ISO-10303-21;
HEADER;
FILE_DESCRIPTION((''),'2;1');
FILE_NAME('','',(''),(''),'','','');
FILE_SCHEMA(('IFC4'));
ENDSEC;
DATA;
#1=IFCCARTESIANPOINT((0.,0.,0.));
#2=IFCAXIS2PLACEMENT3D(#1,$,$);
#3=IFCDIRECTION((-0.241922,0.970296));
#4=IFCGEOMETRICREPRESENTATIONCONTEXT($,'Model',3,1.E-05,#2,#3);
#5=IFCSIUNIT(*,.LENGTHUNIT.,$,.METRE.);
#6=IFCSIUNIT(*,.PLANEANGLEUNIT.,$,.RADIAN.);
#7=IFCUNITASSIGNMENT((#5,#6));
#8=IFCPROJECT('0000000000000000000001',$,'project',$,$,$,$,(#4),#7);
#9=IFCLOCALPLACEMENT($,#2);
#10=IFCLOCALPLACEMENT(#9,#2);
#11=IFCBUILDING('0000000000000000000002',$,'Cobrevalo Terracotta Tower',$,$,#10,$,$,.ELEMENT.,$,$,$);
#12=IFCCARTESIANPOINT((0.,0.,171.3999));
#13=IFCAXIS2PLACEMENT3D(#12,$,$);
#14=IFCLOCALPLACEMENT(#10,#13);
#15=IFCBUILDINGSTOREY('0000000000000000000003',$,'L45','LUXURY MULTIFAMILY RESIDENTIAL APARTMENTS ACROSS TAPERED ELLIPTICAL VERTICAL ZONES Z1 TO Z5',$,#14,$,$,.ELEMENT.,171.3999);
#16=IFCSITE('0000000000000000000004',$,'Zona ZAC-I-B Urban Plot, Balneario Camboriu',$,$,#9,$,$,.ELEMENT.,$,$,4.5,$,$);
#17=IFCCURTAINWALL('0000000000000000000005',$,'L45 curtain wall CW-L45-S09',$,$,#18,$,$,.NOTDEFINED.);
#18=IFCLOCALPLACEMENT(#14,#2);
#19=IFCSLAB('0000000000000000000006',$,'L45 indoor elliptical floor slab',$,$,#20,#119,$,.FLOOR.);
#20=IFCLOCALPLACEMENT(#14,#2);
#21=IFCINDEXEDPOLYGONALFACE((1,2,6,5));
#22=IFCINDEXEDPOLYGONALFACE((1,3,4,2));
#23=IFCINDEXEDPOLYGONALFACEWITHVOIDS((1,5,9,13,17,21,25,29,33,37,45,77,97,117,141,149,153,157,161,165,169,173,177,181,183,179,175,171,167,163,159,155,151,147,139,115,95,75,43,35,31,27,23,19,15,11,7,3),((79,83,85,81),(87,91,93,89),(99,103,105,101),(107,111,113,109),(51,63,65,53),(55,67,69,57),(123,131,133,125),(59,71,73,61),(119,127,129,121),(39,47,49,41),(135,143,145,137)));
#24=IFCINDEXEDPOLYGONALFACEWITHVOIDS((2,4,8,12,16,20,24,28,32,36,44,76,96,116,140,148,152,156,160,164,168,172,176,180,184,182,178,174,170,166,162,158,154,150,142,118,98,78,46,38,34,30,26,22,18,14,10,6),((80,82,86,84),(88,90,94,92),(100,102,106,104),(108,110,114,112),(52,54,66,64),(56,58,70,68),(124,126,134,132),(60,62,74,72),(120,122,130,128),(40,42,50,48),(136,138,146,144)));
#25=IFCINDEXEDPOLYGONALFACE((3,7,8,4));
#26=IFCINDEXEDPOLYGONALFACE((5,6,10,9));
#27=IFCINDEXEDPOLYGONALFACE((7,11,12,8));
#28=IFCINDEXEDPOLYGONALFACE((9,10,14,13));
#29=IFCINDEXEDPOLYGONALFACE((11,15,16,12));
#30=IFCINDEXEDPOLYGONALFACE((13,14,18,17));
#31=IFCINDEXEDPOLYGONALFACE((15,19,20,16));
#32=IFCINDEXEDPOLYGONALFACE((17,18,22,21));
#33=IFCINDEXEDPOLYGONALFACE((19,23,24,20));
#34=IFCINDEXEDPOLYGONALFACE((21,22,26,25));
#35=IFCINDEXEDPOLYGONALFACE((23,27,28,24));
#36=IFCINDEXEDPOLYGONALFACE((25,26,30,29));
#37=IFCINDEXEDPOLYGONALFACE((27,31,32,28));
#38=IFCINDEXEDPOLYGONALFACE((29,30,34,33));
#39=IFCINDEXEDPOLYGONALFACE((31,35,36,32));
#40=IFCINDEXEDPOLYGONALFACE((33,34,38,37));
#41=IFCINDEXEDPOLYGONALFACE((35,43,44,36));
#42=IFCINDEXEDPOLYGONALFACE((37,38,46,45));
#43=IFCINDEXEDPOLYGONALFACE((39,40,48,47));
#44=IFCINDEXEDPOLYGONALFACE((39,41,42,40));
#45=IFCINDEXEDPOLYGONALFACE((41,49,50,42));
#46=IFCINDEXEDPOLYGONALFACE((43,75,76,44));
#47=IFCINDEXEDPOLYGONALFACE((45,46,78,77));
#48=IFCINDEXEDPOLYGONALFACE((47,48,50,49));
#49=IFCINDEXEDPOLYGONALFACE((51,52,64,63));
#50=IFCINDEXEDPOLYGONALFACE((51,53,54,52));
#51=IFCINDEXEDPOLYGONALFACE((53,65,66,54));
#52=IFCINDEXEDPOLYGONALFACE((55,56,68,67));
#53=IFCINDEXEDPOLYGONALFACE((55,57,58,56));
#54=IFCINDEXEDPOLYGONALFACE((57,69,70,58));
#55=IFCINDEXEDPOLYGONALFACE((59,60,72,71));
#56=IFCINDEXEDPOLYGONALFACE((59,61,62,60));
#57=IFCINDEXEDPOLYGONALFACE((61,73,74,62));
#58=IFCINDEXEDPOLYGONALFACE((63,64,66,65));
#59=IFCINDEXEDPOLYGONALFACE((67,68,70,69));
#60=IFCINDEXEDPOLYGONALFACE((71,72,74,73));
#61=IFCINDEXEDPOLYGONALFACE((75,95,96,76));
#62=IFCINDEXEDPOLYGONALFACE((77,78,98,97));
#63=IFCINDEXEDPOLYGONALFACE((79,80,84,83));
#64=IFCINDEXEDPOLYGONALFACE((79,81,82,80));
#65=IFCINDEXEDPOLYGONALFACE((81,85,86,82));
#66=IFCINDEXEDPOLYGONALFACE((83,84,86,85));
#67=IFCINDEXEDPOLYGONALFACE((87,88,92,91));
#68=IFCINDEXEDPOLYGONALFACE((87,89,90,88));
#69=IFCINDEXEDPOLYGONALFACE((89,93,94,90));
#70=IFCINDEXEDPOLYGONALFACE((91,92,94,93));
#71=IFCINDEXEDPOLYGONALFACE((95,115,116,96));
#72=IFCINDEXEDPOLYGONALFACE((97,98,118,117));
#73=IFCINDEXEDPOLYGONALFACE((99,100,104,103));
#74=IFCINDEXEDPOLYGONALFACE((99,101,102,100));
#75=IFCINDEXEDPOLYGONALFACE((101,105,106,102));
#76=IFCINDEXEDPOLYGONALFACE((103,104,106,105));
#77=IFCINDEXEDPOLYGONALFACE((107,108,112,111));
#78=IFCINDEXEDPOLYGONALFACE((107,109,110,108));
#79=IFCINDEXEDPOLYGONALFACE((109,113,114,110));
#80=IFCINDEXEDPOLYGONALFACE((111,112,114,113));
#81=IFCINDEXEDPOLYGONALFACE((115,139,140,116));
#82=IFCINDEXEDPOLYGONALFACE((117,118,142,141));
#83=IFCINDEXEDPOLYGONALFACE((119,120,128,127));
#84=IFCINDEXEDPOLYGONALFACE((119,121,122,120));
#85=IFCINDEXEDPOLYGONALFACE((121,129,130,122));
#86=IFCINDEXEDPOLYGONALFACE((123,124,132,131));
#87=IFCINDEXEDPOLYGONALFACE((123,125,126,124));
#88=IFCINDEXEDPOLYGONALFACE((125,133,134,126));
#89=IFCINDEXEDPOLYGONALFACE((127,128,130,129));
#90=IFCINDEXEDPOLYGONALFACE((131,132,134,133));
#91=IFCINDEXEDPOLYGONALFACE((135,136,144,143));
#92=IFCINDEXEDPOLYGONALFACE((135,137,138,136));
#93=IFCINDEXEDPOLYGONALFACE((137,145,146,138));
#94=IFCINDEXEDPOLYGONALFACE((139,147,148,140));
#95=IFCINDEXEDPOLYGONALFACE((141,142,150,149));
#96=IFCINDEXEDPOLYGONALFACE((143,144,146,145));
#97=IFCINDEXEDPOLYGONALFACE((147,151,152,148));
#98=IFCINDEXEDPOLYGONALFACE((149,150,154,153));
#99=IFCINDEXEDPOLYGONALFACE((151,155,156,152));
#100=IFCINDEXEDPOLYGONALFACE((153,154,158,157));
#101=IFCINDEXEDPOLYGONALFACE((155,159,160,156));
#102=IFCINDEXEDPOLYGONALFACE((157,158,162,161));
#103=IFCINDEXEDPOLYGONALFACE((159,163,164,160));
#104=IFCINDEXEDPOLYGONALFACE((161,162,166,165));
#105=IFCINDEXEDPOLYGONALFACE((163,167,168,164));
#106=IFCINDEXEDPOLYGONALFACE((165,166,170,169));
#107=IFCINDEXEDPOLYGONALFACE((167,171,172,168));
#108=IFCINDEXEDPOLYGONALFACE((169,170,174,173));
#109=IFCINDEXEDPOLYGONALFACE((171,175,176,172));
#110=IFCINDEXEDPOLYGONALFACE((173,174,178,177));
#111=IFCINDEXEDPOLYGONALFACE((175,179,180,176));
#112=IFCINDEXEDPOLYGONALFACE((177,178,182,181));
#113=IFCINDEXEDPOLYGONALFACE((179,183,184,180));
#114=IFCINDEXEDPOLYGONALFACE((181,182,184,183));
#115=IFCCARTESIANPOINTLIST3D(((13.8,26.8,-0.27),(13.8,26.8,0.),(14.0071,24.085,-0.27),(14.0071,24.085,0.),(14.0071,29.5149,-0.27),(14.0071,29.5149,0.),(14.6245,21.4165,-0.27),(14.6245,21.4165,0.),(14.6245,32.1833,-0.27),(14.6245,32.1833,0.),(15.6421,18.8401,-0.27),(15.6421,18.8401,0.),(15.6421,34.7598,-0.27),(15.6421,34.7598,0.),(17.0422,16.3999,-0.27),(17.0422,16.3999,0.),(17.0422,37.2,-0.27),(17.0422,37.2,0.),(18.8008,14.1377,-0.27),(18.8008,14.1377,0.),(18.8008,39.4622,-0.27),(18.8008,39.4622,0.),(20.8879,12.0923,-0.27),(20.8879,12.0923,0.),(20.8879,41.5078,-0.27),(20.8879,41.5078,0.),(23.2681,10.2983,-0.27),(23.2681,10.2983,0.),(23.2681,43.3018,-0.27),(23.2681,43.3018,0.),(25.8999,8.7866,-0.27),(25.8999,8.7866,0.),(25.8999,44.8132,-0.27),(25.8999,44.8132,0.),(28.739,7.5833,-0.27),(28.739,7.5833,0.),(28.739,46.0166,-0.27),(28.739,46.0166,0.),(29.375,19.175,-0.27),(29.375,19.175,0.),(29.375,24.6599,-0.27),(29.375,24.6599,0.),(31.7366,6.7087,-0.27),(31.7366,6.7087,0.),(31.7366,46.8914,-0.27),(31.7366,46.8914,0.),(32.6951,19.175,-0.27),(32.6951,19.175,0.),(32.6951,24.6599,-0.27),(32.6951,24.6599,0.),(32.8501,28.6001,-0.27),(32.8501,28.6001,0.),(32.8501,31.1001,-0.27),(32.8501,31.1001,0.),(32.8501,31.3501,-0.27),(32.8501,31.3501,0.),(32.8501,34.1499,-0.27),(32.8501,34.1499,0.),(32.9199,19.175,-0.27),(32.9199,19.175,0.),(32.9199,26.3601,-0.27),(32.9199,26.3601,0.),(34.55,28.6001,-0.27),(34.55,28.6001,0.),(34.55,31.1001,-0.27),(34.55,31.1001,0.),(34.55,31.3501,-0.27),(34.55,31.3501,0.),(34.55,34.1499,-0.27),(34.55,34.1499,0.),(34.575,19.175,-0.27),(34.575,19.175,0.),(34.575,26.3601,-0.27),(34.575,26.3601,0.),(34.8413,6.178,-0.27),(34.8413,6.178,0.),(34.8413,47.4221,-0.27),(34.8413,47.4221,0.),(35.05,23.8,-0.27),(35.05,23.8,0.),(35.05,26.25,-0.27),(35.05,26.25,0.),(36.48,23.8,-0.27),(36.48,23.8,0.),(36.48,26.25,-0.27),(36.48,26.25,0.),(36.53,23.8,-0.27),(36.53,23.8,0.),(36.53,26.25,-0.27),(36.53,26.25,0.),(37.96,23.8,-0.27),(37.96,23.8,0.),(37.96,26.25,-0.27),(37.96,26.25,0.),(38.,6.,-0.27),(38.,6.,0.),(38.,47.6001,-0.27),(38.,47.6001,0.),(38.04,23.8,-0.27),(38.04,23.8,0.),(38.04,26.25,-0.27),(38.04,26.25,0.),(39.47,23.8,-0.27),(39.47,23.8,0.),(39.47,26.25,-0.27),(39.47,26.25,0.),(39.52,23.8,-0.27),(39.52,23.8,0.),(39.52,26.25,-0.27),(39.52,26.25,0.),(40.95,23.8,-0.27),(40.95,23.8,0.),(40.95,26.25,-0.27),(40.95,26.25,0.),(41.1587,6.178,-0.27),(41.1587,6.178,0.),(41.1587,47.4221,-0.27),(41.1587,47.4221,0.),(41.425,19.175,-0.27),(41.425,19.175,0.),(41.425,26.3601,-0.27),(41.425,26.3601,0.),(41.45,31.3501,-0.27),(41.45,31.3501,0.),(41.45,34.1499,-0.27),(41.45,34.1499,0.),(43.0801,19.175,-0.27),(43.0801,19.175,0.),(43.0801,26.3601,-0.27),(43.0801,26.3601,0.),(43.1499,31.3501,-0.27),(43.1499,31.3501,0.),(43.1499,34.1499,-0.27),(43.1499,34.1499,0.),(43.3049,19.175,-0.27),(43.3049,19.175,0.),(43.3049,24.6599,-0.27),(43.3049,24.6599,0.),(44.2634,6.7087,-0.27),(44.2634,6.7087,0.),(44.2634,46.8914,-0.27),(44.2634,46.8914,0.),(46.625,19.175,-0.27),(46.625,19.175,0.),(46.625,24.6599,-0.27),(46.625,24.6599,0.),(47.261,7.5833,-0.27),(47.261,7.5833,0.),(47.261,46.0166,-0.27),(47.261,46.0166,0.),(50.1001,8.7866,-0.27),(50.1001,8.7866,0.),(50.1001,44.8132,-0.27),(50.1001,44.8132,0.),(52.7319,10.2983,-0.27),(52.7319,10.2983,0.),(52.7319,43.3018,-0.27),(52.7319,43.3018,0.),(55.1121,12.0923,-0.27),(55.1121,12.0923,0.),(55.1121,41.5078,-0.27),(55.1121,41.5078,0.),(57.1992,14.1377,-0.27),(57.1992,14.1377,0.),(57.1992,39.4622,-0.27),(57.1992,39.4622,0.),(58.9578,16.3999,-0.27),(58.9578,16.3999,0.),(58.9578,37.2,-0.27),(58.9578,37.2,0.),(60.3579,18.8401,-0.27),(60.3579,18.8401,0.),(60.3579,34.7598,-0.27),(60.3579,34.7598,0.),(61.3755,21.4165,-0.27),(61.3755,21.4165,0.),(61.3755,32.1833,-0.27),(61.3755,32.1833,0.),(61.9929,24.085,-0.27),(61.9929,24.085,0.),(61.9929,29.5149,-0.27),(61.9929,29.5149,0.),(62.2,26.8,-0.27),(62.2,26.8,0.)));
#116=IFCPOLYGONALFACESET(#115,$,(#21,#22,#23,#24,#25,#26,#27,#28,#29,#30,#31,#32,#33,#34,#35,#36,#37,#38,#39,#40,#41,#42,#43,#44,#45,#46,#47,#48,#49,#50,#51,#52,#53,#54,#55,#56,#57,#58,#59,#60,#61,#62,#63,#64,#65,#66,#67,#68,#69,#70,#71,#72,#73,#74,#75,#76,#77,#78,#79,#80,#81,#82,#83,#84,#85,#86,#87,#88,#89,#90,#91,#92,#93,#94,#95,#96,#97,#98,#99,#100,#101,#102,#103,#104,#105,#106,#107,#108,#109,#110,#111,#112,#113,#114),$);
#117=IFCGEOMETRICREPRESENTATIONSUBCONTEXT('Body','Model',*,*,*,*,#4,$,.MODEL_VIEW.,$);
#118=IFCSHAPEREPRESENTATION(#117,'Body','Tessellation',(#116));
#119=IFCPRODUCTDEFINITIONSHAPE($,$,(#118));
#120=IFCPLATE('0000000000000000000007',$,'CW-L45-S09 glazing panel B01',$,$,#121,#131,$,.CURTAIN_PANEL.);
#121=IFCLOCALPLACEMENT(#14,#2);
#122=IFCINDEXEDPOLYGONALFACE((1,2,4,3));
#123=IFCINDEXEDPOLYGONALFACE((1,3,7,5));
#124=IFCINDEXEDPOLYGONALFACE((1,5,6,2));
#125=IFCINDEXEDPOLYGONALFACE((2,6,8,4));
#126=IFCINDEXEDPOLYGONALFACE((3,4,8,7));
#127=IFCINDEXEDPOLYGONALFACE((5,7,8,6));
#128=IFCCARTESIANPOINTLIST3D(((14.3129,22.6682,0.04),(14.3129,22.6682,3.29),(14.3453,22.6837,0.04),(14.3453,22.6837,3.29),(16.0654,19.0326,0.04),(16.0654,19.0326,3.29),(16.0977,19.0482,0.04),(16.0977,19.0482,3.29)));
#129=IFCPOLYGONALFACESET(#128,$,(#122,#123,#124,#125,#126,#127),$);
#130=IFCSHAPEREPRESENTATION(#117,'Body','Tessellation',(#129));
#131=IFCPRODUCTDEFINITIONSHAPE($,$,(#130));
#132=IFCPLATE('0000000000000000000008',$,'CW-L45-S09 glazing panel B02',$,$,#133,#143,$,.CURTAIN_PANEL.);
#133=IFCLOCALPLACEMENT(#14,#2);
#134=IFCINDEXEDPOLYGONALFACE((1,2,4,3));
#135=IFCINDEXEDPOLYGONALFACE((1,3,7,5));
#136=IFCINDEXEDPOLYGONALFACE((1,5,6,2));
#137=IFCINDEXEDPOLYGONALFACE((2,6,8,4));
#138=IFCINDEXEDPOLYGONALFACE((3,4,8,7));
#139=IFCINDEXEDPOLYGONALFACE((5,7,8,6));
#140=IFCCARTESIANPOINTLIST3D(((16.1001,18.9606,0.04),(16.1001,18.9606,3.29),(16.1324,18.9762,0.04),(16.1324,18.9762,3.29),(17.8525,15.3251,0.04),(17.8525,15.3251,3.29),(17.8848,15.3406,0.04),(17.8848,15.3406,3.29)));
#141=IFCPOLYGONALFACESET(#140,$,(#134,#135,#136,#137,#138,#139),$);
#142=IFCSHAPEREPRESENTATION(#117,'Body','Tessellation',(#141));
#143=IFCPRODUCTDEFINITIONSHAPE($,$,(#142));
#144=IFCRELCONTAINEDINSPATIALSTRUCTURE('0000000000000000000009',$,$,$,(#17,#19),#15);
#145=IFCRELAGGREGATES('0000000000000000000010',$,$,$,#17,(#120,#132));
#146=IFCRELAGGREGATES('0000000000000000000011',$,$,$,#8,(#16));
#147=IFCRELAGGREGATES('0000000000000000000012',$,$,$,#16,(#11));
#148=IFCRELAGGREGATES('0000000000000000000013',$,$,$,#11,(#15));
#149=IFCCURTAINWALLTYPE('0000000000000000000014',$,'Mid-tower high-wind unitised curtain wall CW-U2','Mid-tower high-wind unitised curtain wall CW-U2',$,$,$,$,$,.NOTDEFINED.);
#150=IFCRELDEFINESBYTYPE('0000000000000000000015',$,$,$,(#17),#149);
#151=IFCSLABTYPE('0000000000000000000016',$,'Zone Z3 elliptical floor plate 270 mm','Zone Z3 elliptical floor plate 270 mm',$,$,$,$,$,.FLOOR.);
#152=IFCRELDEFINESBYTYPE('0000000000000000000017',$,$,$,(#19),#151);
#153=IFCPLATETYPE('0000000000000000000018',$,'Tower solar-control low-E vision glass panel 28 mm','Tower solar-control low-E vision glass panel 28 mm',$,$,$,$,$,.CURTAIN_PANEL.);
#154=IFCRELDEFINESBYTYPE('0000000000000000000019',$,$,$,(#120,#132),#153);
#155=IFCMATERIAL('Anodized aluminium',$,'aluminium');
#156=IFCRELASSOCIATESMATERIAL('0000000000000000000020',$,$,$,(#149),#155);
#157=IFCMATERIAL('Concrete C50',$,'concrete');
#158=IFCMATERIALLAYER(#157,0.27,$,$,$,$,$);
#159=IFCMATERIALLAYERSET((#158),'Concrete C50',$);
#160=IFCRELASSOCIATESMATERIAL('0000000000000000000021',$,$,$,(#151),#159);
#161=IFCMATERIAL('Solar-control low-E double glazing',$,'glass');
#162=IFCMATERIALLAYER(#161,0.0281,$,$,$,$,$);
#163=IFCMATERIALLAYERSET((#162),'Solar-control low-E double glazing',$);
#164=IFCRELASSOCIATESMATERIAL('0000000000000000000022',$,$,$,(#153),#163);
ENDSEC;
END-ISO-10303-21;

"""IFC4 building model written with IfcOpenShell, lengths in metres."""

from ifc_helpers import new_model, si_unit, direction, frame, origin, origin_2d, place, context, subcontext, project, spatial, polyline, rectangle, outline, extrude, source, transform, mapped, material, layer, layer_set, type_object, element, aggregate, save


model = new_model("IFC4")

# Units and contexts
model_context = context("Model", 3, precision=1e-05, world=origin(), true_north=direction((-0.241922, 0.970296)))
body_context = subcontext(model_context, "Body", "Model", "MODEL_VIEW")
ifc_project = project(units=[si_unit("LENGTHUNIT", "METRE"), si_unit("PLANEANGLEUNIT", "RADIAN")], contexts=[model_context])

# Site, building, storey
site_placement = place(None, origin())
site = spatial("IfcSite", under=ifc_project, at=site_placement, Name="Zona ZAC-I-B Urban Plot, Balneario Camboriu", CompositionType="ELEMENT", RefElevation=4.5)
building_placement = place(site_placement, origin())
building = spatial("IfcBuilding", under=site, at=building_placement, Name="Cobrevalo Terracotta Tower", CompositionType="ELEMENT")
storey_placement = place(building_placement, frame((0.0, 0.0, 171.3999)))
storey = spatial("IfcBuildingStorey", under=building, at=storey_placement, Name="L45", Description="LUXURY MULTIFAMILY RESIDENTIAL APARTMENTS ACROSS TAPERED ELLIPTICAL VERTICAL ZONES Z1 TO Z5", CompositionType="ELEMENT", Elevation=171.3999)

# Shared definitions
ifc_material_1 = material(Name="Anodized aluminium", Category="aluminium")
curtain_wall_type = type_object("IfcCurtainWallType", Name="Mid-tower high-wind unitised curtain wall CW-U2", Description="Mid-tower high-wind unitised curtain wall CW-U2", PredefinedType="NOTDEFINED", material=ifc_material_1)

# Curtain wall
curtain_wall_1_placement = place(storey_placement, origin())
curtain_wall_1 = element("IfcCurtainWall", 1, at=curtain_wall_1_placement, inside=storey, type_object=curtain_wall_type, Name="L45 curtain wall CW-L45-S09", PredefinedType="NOTDEFINED")

# Shared definitions
ifc_material_2 = material(Name="Concrete C50", Category="concrete")

# Slab
ifc_layer_1 = layer(ifc_material_2, 0.27)
ifc_layer_set_1 = layer_set([ifc_layer_1], Name="Concrete C50")
slab_type_1 = type_object("IfcSlabType", Name="Zone Z3 elliptical floor plate 270 mm", Description="Zone Z3 elliptical floor plate 270 mm", PredefinedType="FLOOR", material=ifc_layer_set_1)
slab_1_placement = place(storey_placement, frame((0.0, 0.0, -0.27)))
element("IfcSlab", 2, at=slab_1_placement, inside=storey, type_object=slab_type_1, Name="L45 indoor elliptical floor slab", PredefinedType="FLOOR", context=body_context, shape_type="SweptSolid", body=[
    extrude(outline(polyline([(61.9929, 24.085), (61.3755, 21.4165), (60.3579, 18.8401), (58.9578, 16.3999), (57.1992, 14.1377), (55.1121, 12.0923), (52.7319, 10.2983), (50.1001, 8.7866), (47.261, 7.5833), (44.2634, 6.7087), (41.1587, 6.178), (38.0, 6.0), (34.8413, 6.178), (31.7366, 6.7087), (28.739, 7.5833), (25.8999, 8.7866), (23.2681, 10.2983), (20.8879, 12.0923), (18.8008, 14.1377), (17.0422, 16.3999), (15.6421, 18.8401), (14.6245, 21.4165), (14.0071, 24.085), (13.8, 26.8), (14.0071, 29.5149), (14.6245, 32.1833), (15.6421, 34.7598), (17.0422, 37.2), (18.8008, 39.4622), (20.8879, 41.5078), (23.2681, 43.3018), (25.8999, 44.8132), (28.739, 46.0166), (31.7366, 46.8914), (34.8413, 47.4221), (38.0, 47.6001), (41.1587, 47.4221), (44.2634, 46.8914), (47.261, 46.0166), (50.1001, 44.8132), (52.7319, 43.3018), (55.1121, 41.5078), (57.1992, 39.4622), (58.9578, 37.2), (60.3579, 34.7598), (61.3755, 32.1833), (61.9929, 29.5149), (62.2, 26.8), (61.9929, 24.085)]), holes=[polyline([(32.6951, 19.175), (32.6951, 24.6599), (29.375, 24.6599), (29.375, 19.175), (32.6951, 19.175)]), polyline([(34.575, 26.3601), (32.9199, 26.3601), (32.9199, 19.175), (34.575, 19.175), (34.575, 26.3601)]), polyline([(36.48, 26.25), (35.05, 26.25), (35.05, 23.8), (36.48, 23.8), (36.48, 26.25)]), polyline([(37.96, 23.8), (37.96, 26.25), (36.53, 26.25), (36.53, 23.8), (37.96, 23.8)]), polyline([(34.55, 28.6001), (34.55, 31.1001), (32.8501, 31.1001), (32.8501, 28.6001), (34.55, 28.6001)]), polyline([(34.55, 34.1499), (32.8501, 34.1499), (32.8501, 31.3501), (34.55, 31.3501), (34.55, 34.1499)]), polyline([(43.3049, 19.175), (46.625, 19.175), (46.625, 24.6599), (43.3049, 24.6599), (43.3049, 19.175)]), polyline([(43.0801, 19.175), (43.0801, 26.3601), (41.425, 26.3601), (41.425, 19.175), (43.0801, 19.175)]), polyline([(39.47, 26.25), (38.04, 26.25), (38.04, 23.8), (39.47, 23.8), (39.47, 26.25)]), polyline([(40.95, 23.8), (40.95, 26.25), (39.52, 26.25), (39.52, 23.8), (40.95, 23.8)]), polyline([(43.1499, 31.3501), (43.1499, 34.1499), (41.45, 34.1499), (41.45, 31.3501), (43.1499, 31.3501)])]), origin(), (0.0, 0.0, 1.0), 0.27),
])

# Plates
ifc_material_3 = material(Name="Solar-control low-E double glazing", Category="glass")
ifc_layer_2 = layer(ifc_material_3, 0.0281)
ifc_layer_set_2 = layer_set([ifc_layer_2], Name="Solar-control low-E double glazing")
plate_type = type_object("IfcPlateType", Name="Tower solar-control low-E vision glass panel 28 mm", Description="Tower solar-control low-E vision glass panel 28 mm", PredefinedType="CURTAIN_PANEL", material=ifc_layer_set_2)
shared_shape_1 = source(origin(), body_context, "Body", "SweptSolid", [
    extrude(rectangle(XDim=4.0359, YDim=0.0359, at=origin_2d()), origin(), (0.0, 0.0, 1.0), 3.25),
])
plate_1_placement = place(storey_placement, frame((15.2053, 20.8582, 0.04), z_axis=(0.0, 0.0, 1.0), x_axis=(0.434209, -0.900812, 0.0)))
plate_1 = element("IfcPlate", 3, at=plate_1_placement, type_object=plate_type, Name="CW-L45-S09 glazing panel B01", PredefinedType="CURTAIN_PANEL", context=body_context, shape_type="MappedRepresentation", body=[
    mapped(shared_shape_1, transform((0.0, 0.0, 0.0), scale=1.0)),
])
plate_2_placement = place(storey_placement, frame((16.9924, 17.1506, 0.04), z_axis=(0.0, 0.0, 1.0), x_axis=(0.434209, -0.900812, 0.0)))
plate_2 = element("IfcPlate", 4, at=plate_2_placement, type_object=plate_type, Name="CW-L45-S09 glazing panel B02", PredefinedType="CURTAIN_PANEL", context=body_context, shape_type="MappedRepresentation", body=[
    mapped(shared_shape_1, transform((0.0, 0.0, 0.0), scale=1.0)),
])
aggregate(curtain_wall_1, [plate_1, plate_2])

save(model, "model.ifc")
